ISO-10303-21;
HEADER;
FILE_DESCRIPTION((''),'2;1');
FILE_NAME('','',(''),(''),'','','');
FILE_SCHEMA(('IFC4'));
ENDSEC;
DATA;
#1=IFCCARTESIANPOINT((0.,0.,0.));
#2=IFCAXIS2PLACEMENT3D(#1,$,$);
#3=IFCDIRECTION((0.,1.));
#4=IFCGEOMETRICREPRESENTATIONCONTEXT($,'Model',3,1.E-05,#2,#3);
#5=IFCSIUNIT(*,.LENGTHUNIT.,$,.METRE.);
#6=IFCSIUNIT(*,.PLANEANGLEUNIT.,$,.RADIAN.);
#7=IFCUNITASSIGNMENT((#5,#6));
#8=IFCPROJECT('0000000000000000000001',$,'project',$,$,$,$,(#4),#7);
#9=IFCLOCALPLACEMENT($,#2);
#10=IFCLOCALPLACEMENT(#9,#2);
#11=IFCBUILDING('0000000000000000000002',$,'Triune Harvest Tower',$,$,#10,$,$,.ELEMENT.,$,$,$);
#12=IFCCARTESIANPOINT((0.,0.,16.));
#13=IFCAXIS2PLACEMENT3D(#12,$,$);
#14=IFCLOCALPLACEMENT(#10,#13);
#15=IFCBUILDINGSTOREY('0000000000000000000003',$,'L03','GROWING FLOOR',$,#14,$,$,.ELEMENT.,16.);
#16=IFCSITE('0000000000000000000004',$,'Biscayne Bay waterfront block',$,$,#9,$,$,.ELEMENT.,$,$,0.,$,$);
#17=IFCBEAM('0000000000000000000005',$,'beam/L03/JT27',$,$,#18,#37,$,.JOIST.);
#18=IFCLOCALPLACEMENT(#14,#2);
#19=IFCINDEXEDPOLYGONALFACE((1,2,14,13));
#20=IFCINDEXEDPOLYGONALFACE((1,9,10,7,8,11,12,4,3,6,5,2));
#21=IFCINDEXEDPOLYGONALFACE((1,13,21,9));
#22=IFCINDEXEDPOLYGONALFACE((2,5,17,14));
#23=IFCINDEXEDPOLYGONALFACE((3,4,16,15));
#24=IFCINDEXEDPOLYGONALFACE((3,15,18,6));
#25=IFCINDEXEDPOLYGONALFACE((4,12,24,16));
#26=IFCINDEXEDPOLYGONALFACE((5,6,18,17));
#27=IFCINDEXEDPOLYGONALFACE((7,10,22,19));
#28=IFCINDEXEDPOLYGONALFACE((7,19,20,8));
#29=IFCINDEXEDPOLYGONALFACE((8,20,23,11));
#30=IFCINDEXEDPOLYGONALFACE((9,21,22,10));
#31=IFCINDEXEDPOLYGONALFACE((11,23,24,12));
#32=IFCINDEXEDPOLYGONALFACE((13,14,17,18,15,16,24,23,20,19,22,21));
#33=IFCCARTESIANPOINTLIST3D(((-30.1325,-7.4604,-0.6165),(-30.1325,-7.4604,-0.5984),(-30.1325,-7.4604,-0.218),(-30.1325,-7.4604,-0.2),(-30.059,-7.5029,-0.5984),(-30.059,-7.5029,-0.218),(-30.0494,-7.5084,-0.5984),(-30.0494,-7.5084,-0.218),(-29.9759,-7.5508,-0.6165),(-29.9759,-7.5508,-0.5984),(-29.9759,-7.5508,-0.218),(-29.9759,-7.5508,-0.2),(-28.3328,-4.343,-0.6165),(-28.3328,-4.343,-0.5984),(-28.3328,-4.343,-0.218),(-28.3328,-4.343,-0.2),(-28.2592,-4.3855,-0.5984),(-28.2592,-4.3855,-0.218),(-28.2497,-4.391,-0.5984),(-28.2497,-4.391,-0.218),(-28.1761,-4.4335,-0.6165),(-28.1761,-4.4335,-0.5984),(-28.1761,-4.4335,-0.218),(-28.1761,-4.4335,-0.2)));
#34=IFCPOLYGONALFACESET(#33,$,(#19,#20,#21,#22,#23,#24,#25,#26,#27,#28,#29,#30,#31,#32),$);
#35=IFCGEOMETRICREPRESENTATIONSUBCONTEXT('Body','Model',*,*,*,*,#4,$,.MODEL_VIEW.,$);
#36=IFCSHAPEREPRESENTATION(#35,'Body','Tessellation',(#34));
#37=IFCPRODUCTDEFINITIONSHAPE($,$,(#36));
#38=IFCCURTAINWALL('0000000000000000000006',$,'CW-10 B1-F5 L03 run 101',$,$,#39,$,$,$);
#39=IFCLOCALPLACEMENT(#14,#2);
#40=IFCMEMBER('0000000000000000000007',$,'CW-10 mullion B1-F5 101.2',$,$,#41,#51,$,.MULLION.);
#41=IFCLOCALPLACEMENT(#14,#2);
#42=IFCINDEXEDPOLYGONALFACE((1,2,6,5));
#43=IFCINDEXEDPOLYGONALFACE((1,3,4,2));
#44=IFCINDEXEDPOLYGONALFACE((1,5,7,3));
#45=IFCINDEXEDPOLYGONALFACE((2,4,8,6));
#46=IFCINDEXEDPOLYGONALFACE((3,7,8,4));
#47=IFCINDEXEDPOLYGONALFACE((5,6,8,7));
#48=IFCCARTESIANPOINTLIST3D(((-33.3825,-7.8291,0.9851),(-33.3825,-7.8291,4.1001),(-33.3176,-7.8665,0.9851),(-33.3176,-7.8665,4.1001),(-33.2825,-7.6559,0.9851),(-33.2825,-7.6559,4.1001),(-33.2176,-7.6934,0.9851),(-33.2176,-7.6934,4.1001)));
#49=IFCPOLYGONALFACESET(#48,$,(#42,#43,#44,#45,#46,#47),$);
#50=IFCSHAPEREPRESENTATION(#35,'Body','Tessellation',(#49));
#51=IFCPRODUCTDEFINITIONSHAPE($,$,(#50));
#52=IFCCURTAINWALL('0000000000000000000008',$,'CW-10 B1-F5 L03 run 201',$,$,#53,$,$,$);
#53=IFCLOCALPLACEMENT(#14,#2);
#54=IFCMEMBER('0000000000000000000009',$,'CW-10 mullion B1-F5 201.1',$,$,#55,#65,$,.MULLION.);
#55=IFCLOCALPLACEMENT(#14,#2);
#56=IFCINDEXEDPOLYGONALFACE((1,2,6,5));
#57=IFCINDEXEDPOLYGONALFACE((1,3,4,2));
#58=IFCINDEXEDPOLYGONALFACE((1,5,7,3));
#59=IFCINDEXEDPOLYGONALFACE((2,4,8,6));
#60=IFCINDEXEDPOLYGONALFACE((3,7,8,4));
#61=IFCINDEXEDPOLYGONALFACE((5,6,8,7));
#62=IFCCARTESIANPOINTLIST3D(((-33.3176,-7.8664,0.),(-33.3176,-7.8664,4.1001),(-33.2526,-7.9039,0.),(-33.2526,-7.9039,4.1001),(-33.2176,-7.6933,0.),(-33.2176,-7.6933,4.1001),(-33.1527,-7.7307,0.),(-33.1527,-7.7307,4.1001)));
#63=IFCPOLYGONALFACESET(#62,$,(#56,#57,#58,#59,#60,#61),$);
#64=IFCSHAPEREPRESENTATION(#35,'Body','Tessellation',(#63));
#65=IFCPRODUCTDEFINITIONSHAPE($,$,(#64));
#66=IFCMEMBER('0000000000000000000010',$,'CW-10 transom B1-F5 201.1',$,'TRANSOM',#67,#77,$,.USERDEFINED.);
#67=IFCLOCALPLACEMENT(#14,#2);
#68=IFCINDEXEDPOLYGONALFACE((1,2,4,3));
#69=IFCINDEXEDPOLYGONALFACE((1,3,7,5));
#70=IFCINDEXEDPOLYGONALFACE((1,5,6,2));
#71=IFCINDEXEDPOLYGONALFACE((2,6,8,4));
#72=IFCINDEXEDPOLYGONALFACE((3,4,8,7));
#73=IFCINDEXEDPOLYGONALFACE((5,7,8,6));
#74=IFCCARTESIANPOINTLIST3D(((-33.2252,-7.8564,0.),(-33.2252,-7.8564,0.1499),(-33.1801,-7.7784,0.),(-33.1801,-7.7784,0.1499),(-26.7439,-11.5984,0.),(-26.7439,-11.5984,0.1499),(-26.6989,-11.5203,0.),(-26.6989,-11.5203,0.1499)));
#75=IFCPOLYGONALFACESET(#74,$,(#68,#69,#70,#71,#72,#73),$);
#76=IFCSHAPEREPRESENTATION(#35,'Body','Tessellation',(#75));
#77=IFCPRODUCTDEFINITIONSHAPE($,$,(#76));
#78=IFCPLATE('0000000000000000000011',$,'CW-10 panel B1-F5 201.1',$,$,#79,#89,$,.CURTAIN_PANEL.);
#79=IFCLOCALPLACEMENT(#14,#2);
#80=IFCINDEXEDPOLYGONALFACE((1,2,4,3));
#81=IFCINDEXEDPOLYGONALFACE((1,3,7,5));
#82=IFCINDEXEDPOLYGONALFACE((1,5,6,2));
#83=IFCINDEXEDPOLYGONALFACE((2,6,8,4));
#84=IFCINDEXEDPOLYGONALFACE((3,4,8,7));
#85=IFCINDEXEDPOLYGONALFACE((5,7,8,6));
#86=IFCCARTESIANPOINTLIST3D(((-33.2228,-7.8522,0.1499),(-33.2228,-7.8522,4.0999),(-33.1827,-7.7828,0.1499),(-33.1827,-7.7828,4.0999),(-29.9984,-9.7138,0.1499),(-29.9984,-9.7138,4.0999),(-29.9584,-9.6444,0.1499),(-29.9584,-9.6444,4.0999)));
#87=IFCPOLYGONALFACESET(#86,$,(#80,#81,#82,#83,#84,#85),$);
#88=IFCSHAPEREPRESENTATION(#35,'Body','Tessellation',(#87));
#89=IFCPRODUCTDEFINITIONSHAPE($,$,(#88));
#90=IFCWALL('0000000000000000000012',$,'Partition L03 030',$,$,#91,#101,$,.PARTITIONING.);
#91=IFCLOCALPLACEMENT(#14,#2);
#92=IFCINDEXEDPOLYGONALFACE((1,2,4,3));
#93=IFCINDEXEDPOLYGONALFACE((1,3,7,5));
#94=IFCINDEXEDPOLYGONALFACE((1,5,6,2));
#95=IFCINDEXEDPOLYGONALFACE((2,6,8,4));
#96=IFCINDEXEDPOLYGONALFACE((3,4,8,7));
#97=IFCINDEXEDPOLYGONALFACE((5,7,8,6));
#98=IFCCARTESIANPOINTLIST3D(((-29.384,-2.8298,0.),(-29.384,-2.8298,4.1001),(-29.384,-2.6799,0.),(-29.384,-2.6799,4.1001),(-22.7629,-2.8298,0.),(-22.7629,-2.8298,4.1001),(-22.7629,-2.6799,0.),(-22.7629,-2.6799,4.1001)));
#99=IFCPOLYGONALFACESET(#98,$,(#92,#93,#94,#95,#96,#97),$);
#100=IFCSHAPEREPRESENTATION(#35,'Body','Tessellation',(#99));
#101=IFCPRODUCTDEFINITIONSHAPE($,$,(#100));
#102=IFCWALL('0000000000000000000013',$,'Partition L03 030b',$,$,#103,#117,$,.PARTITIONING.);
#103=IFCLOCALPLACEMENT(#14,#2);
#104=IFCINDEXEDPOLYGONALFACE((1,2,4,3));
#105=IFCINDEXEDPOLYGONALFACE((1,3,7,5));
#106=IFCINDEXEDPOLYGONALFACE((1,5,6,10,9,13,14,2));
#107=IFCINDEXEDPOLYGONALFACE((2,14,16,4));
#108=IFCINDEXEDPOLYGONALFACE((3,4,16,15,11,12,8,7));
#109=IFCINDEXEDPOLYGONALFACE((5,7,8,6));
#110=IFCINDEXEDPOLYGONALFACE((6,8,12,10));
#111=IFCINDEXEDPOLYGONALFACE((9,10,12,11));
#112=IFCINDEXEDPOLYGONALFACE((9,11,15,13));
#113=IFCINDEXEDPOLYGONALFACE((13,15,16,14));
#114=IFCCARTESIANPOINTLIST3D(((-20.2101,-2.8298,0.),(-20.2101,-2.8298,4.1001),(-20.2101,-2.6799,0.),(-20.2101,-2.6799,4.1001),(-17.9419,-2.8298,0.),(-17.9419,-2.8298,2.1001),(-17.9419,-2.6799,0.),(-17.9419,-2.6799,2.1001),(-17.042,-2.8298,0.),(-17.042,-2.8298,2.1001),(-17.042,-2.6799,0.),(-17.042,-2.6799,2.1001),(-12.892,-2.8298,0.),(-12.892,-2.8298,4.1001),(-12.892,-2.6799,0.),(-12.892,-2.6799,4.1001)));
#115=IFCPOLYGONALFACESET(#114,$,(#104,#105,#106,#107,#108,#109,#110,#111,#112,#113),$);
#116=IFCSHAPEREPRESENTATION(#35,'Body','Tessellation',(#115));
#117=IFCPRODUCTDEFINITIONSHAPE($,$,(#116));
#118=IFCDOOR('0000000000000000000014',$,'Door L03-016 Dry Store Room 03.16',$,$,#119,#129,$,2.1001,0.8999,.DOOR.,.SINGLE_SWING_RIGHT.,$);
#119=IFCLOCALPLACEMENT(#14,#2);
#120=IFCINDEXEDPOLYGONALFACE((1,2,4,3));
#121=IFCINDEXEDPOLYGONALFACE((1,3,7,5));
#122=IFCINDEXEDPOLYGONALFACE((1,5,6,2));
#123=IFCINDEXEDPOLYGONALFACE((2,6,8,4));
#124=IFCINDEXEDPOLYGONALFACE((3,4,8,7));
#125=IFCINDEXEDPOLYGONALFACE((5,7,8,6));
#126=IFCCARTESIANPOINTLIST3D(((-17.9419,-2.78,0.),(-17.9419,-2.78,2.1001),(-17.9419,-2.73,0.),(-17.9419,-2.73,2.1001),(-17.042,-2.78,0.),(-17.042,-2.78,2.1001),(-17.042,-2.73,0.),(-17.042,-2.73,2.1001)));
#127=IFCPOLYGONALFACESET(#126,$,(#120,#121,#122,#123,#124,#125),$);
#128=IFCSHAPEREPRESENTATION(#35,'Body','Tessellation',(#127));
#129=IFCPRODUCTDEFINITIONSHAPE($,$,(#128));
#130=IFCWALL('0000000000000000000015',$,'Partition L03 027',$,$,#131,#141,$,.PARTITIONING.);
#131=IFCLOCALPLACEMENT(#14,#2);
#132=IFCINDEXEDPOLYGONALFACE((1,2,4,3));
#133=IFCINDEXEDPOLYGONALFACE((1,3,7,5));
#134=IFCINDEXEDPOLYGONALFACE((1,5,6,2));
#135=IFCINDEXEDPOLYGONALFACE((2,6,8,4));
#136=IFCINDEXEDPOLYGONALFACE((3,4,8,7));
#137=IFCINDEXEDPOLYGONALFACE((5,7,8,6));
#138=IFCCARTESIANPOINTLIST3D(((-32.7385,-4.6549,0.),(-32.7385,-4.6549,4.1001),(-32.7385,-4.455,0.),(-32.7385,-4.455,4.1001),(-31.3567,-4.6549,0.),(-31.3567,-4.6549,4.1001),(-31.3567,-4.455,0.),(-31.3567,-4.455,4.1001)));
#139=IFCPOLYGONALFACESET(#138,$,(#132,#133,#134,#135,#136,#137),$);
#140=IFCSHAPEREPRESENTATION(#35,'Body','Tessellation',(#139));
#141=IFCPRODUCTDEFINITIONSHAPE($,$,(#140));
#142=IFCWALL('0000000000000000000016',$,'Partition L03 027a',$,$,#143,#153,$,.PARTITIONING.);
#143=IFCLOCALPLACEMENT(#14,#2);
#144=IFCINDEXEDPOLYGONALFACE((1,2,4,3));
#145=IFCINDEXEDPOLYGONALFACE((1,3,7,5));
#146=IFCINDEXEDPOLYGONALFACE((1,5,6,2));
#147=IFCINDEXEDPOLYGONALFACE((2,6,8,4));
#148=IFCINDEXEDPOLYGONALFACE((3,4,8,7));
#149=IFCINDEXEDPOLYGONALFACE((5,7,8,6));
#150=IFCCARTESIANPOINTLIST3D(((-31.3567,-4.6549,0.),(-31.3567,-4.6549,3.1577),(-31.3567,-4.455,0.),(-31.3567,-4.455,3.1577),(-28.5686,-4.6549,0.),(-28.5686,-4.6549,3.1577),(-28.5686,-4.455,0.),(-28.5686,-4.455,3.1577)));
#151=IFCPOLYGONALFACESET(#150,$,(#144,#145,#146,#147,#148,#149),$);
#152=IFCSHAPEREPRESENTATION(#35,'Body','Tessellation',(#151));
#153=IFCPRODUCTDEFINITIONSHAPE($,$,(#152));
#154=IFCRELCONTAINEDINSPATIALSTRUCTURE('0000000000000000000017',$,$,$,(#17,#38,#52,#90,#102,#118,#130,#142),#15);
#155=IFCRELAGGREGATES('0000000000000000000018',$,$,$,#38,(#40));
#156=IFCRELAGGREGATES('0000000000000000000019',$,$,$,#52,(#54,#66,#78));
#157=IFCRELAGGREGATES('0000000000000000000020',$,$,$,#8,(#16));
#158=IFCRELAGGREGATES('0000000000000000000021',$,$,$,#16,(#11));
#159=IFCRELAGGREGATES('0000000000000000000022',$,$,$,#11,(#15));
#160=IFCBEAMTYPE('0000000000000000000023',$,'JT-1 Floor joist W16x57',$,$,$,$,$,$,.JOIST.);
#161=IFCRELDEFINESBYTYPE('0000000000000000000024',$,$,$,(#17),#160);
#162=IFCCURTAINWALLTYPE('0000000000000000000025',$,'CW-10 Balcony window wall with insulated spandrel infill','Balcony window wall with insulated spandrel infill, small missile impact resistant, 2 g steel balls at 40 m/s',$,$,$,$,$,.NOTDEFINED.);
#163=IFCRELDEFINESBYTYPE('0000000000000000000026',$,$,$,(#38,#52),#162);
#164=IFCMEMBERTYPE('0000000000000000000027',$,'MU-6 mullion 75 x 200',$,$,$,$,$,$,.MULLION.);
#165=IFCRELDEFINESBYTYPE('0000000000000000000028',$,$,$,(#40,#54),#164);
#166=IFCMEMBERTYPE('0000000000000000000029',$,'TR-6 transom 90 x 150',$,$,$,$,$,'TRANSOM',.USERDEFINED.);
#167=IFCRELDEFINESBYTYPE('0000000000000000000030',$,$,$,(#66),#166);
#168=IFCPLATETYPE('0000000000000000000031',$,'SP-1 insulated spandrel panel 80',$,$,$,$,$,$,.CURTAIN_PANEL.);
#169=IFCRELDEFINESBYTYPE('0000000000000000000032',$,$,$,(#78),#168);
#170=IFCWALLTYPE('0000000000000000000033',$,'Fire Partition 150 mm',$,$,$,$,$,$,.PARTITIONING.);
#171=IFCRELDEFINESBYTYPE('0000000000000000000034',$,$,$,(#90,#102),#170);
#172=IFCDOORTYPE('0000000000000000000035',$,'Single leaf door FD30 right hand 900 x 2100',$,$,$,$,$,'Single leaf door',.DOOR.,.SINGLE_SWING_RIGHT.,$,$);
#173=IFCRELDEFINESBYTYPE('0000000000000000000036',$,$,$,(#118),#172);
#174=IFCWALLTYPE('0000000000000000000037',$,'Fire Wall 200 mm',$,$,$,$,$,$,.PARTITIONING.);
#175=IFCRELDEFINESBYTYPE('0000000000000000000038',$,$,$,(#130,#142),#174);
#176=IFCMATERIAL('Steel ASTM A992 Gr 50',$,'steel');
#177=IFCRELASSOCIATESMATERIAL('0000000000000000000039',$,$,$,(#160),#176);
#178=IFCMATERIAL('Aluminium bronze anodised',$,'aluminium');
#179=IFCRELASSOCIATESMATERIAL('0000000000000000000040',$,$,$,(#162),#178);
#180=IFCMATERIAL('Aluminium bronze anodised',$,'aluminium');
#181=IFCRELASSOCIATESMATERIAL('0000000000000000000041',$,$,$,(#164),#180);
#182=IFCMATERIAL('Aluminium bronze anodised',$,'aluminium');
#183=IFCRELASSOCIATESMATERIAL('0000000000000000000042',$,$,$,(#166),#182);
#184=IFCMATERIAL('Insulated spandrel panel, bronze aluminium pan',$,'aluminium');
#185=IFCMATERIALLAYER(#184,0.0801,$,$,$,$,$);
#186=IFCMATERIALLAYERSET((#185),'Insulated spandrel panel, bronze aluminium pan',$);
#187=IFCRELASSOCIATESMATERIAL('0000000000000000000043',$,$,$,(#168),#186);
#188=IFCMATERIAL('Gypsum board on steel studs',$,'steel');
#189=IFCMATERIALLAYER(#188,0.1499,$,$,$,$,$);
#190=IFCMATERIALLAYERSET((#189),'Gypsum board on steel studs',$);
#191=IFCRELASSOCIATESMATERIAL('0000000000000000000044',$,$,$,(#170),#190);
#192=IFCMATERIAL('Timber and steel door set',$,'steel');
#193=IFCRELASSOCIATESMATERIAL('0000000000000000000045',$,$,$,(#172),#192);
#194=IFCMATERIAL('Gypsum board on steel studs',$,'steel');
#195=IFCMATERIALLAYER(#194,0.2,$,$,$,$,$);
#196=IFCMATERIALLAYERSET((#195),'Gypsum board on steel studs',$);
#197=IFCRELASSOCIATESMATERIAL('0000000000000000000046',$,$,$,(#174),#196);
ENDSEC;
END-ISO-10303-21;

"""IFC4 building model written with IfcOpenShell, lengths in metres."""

from ifc_helpers import new_model, si_unit, direction, frame, frame_2d, origin, origin_2d, place, context, subcontext, project, spatial, rectangle, i_section, extrude, source, transform, mapped, material, layer, layer_set, material_profile, profile_set, type_object, element, fill, aggregate, save


model = new_model("IFC4")

# Units and contexts
model_context = context("Model", 3, precision=1e-05, world=origin(), true_north=direction((0.0, 1.0)))
body_context = subcontext(model_context, "Body", "Model", "MODEL_VIEW")
ifc_project = project(units=[si_unit("LENGTHUNIT", "METRE"), si_unit("PLANEANGLEUNIT", "RADIAN")], contexts=[model_context])

# Site, building, storey
site_placement = place(None, origin())
site = spatial("IfcSite", under=ifc_project, at=site_placement, Name="Biscayne Bay waterfront block", CompositionType="ELEMENT", RefElevation=0.0)
building_placement = place(site_placement, origin())
building = spatial("IfcBuilding", under=site, at=building_placement, Name="Triune Harvest Tower", CompositionType="ELEMENT")
storey_placement = place(building_placement, frame((0.0, 0.0, 16.0)))
storey = spatial("IfcBuildingStorey", under=building, at=storey_placement, Name="L03", Description="GROWING FLOOR", CompositionType="ELEMENT", Elevation=16.0)

# Beam
ifc_material_1 = material(Name="Steel ASTM A992 Gr 50", Category="steel")
ifc_material_profile_1 = material_profile(ifc_material_1, i_section(OverallWidth=0.1809, OverallDepth=0.4165, WebThickness=0.011, FlangeThickness=0.0181, at=origin_2d()), Name="W16x57")
ifc_profile_set_1 = profile_set([ifc_material_profile_1], Name="Steel ASTM A992 Gr 50")
beam_type_1 = type_object("IfcBeamType", Name="JT-1 Floor joist W16x57", PredefinedType="JOIST", material=ifc_profile_set_1)
shared_shape_1 = source(origin(), body_context, "Body", "SweptSolid", [
    extrude(i_section(OverallWidth=0.1809, OverallDepth=0.4165, WebThickness=0.011, FlangeThickness=0.0181, at=origin_2d()), origin(), (0.0, 0.0, 1.0), 3.5996),
])
beam_1_placement = place(storey_placement, frame((-30.0542, -7.5056, -0.4082), z_axis=(0.499991, 0.866031, 0.0), x_axis=(-0.866031, 0.499991, 0.0)))
element("IfcBeam", 1, at=beam_1_placement, inside=storey, type_object=beam_type_1, Name="beam/L03/JT27", PredefinedType="JOIST", context=body_context, shape_type="MappedRepresentation", body=[
    mapped(shared_shape_1, transform((0.0, 0.0, 0.0), scale=1.0)),
])

# Curtain wall, member
ifc_material_2 = material(Name="Aluminium bronze anodised", Category="aluminium")
curtain_wall_type = type_object("IfcCurtainWallType", Name="CW-10 Balcony window wall with insulated spandrel infill", Description="Balcony window wall with insulated spandrel infill, small missile impact resistant, 2 g steel balls at 40 m/s", PredefinedType="NOTDEFINED", material=ifc_material_2)
curtain_wall_1_placement = place(storey_placement, origin())
curtain_wall_1 = element("IfcCurtainWall", 2, at=curtain_wall_1_placement, inside=storey, type_object=curtain_wall_type, Name="CW-10 B1-F5 L03 run 101")
ifc_material_3 = material(Name="Aluminium bronze anodised", Category="aluminium")
ifc_material_profile_2 = material_profile(ifc_material_3, rectangle(XDim=0.2, YDim=0.075, at=origin_2d()), Name="MU-6 mullion 75 x 200")
ifc_profile_set_2 = profile_set([ifc_material_profile_2], Name="Aluminium bronze anodised")
member_type_1 = type_object("IfcMemberType", Name="MU-6 mullion 75 x 200", PredefinedType="MULLION", material=ifc_profile_set_2)
shared_shape_2 = source(origin(), body_context, "Body", "SweptSolid", [
    extrude(rectangle(XDim=0.2, YDim=0.075, at=origin_2d()), origin(), (0.0, 0.0, 1.0), 3.115),
])
member_1_placement = place(storey_placement, frame((-33.3, -7.7612, 0.9851), z_axis=(0.0, 0.0, 1.0), x_axis=(0.500001, 0.866025, 0.0)))
member_1 = element("IfcMember", 3, at=member_1_placement, type_object=member_type_1, Name="CW-10 mullion B1-F5 101.2", PredefinedType="MULLION", context=body_context, shape_type="MappedRepresentation", body=[
    mapped(shared_shape_2, transform((0.0, 0.0, 0.0), scale=1.0)),
])
aggregate(curtain_wall_1, [member_1])

# Curtain wall, members, plate
curtain_wall_2_placement = place(storey_placement, origin())
curtain_wall_2 = element("IfcCurtainWall", 4, at=curtain_wall_2_placement, inside=storey, type_object=curtain_wall_type, Name="CW-10 B1-F5 L03 run 201")
shared_shape_3 = source(origin(), body_context, "Body", "SweptSolid", [
    extrude(rectangle(XDim=0.2, YDim=0.075, at=origin_2d()), origin(), (0.0, 0.0, 1.0), 4.1001),
])
member_2_placement = place(storey_placement, frame((-33.2351, -7.7986, 0.0), z_axis=(0.0, 0.0, 1.0), x_axis=(0.500004, 0.866023, 0.0)))
member_2 = element("IfcMember", 5, at=member_2_placement, type_object=member_type_1, Name="CW-10 mullion B1-F5 201.1", PredefinedType="MULLION", context=body_context, shape_type="MappedRepresentation", body=[
    mapped(shared_shape_3, transform((0.0, 0.0, 0.0), scale=1.0)),
])
ifc_material_4 = material(Name="Aluminium bronze anodised", Category="aluminium")
ifc_material_profile_3 = material_profile(ifc_material_4, rectangle(XDim=0.0901, YDim=0.1499, at=origin_2d()), Name="TR-6 transom 90 x 150")
ifc_profile_set_3 = profile_set([ifc_material_profile_3], Name="Aluminium bronze anodised")
member_type_2 = type_object("IfcMemberType", Name="TR-6 transom 90 x 150", ElementType="TRANSOM", PredefinedType="USERDEFINED", material=ifc_profile_set_3)
shared_shape_4 = source(origin(), body_context, "Body", "SweptSolid", [
    extrude(rectangle(XDim=0.0901, YDim=0.1499, at=origin_2d()), origin(), (0.0, 0.0, 1.0), 7.4839),
])
member_3_placement = place(storey_placement, frame((-33.2026, -7.8174, 0.075), z_axis=(0.866024, -0.500002, 0.0), x_axis=(0.500002, 0.866024, 0.0)))
member_3 = element("IfcMember", 6, at=member_3_placement, type_object=member_type_2, Name="CW-10 transom B1-F5 201.1", ObjectType="TRANSOM", PredefinedType="USERDEFINED", context=body_context, shape_type="MappedRepresentation", body=[
    mapped(shared_shape_4, transform((0.0, 0.0, 0.0), scale=1.0)),
])
ifc_material_5 = material(Name="Insulated spandrel panel, bronze aluminium pan", Category="aluminium")
ifc_layer_1 = layer(ifc_material_5, 0.0801)
ifc_layer_set_1 = layer_set([ifc_layer_1], Name="Insulated spandrel panel, bronze aluminium pan")
plate_type = type_object("IfcPlateType", Name="SP-1 insulated spandrel panel 80", PredefinedType="CURTAIN_PANEL", material=ifc_layer_set_1)
shared_shape_5 = source(origin(), body_context, "Body", "SweptSolid", [
    extrude(rectangle(XDim=3.7231, YDim=0.0801, at=origin_2d()), origin(), (0.0, 0.0, 1.0), 3.95),
])
plate_placement = place(storey_placement, frame((-31.5906, -8.7483, 0.1499), z_axis=(0.0, 0.0, 1.0), x_axis=(0.866023, -0.500004, 0.0)))
plate = element("IfcPlate", 7, at=plate_placement, type_object=plate_type, Name="CW-10 panel B1-F5 201.1", PredefinedType="CURTAIN_PANEL", context=body_context, shape_type="MappedRepresentation", body=[
    mapped(shared_shape_5, transform((0.0, 0.0, 0.0), scale=1.0)),
])
aggregate(curtain_wall_2, [member_2, member_3, plate])

# Wall
ifc_material_6 = material(Name="Gypsum board on steel studs", Category="steel")
ifc_layer_2 = layer(ifc_material_6, 0.1499)
ifc_layer_set_2 = layer_set([ifc_layer_2], Name="Gypsum board on steel studs")
wall_type_1 = type_object("IfcWallType", Name="Fire Partition 150 mm", PredefinedType="PARTITIONING", material=ifc_layer_set_2)
wall_1_placement = place(storey_placement, frame((-29.384, -2.7549, 0.0), z_axis=(0.0, 0.0, 1.0), x_axis=(1.0, 0.0, 0.0)))
element("IfcWall", 8, at=wall_1_placement, inside=storey, type_object=wall_type_1, Name="Partition L03 030", PredefinedType="PARTITIONING", context=body_context, shape_type="SweptSolid", body=[
    extrude(rectangle(XDim=6.6211, YDim=0.1499, at=frame_2d((3.3105, 0.0))), origin(), (0.0, 0.0, 1.0), 4.1001),
])

# Wall, opening, door
wall_2_placement = place(storey_placement, frame((-20.2102, -2.7549, 0.0), z_axis=(0.0, 0.0, 1.0), x_axis=(1.0, 0.0, 0.0)))
wall_2 = element("IfcWall", 9, at=wall_2_placement, inside=storey, type_object=wall_type_1, Name="Partition L03 030b", PredefinedType="PARTITIONING", context=body_context, shape_type="SweptSolid", body=[
    extrude(rectangle(XDim=7.3181, YDim=0.1499, at=frame_2d((3.6592, 0.0))), origin(), (0.0, 0.0, 1.0), 4.1001),
])
opening_1_placement = place(wall_2_placement, frame((2.2683, 0.0, 0.0)))
opening_1 = element("IfcOpeningElement", 10, at=opening_1_placement, cuts=wall_2, PredefinedType="OPENING", context=body_context, shape_type="SweptSolid", body=[
    extrude(rectangle(XDim=0.8999, YDim=2.1001, at=frame_2d((0.45, 1.05))), frame((0.0, 0.085, 0.0), z_axis=(0.0, -1.0, 0.0), x_axis=(1.0, 0.0, 0.0)), (0.0, 0.0, 1.0), 0.1699),
])
ifc_material_7 = material(Name="Timber and steel door set", Category="steel")
door_type_1 = type_object("IfcDoorType", Name="Single leaf door FD30 right hand 900 x 2100", ElementType="Single leaf door", OperationType="SINGLE_SWING_RIGHT", PredefinedType="DOOR", material=ifc_material_7)
door_1_placement = place(opening_1_placement, origin())
door_1 = element("IfcDoor", 11, at=door_1_placement, inside=storey, type_object=door_type_1, Name="Door L03-016 Dry Store Room 03.16", OperationType="SINGLE_SWING_RIGHT", OverallHeight=2.1001, OverallWidth=0.8999, PredefinedType="DOOR", context=body_context, shape_type="SweptSolid", body=[
    extrude(rectangle(XDim=0.8999, YDim=2.1001, at=frame_2d((0.45, 1.05))), frame((0.0, 0.0249, 0.0), z_axis=(0.0, -1.0, 0.0), x_axis=(1.0, 0.0, 0.0)), (0.0, 0.0, 1.0), 0.05),
])
fill(opening_1, door_1)

# Walls
ifc_material_8 = material(Name="Gypsum board on steel studs", Category="steel")
ifc_layer_3 = layer(ifc_material_8, 0.2)
ifc_layer_set_3 = layer_set([ifc_layer_3], Name="Gypsum board on steel studs")
wall_type_2 = type_object("IfcWallType", Name="Fire Wall 200 mm", PredefinedType="PARTITIONING", material=ifc_layer_set_3)
wall_3_placement = place(storey_placement, frame((-32.7385, -4.5549, 0.0), z_axis=(0.0, 0.0, 1.0), x_axis=(1.0, 0.0, 0.0)))
element("IfcWall", 12, at=wall_3_placement, inside=storey, type_object=wall_type_2, Name="Partition L03 027", PredefinedType="PARTITIONING", context=body_context, shape_type="SweptSolid", body=[
    extrude(rectangle(XDim=1.3818, YDim=0.2, at=frame_2d((0.6909, 0.0))), origin(), (0.0, 0.0, 1.0), 4.1001),
])
wall_4_placement = place(storey_placement, frame((-31.3567, -4.5549, 0.0), z_axis=(0.0, 0.0, 1.0), x_axis=(1.0, 0.0, 0.0)))
element("IfcWall", 13, at=wall_4_placement, inside=storey, type_object=wall_type_2, Name="Partition L03 027a", PredefinedType="PARTITIONING", context=body_context, shape_type="SweptSolid", body=[
    extrude(rectangle(XDim=2.7881, YDim=0.2, at=frame_2d((1.394, 0.0))), origin(), (0.0, 0.0, 1.0), 3.1577),
])

save(model, "model.ifc")
